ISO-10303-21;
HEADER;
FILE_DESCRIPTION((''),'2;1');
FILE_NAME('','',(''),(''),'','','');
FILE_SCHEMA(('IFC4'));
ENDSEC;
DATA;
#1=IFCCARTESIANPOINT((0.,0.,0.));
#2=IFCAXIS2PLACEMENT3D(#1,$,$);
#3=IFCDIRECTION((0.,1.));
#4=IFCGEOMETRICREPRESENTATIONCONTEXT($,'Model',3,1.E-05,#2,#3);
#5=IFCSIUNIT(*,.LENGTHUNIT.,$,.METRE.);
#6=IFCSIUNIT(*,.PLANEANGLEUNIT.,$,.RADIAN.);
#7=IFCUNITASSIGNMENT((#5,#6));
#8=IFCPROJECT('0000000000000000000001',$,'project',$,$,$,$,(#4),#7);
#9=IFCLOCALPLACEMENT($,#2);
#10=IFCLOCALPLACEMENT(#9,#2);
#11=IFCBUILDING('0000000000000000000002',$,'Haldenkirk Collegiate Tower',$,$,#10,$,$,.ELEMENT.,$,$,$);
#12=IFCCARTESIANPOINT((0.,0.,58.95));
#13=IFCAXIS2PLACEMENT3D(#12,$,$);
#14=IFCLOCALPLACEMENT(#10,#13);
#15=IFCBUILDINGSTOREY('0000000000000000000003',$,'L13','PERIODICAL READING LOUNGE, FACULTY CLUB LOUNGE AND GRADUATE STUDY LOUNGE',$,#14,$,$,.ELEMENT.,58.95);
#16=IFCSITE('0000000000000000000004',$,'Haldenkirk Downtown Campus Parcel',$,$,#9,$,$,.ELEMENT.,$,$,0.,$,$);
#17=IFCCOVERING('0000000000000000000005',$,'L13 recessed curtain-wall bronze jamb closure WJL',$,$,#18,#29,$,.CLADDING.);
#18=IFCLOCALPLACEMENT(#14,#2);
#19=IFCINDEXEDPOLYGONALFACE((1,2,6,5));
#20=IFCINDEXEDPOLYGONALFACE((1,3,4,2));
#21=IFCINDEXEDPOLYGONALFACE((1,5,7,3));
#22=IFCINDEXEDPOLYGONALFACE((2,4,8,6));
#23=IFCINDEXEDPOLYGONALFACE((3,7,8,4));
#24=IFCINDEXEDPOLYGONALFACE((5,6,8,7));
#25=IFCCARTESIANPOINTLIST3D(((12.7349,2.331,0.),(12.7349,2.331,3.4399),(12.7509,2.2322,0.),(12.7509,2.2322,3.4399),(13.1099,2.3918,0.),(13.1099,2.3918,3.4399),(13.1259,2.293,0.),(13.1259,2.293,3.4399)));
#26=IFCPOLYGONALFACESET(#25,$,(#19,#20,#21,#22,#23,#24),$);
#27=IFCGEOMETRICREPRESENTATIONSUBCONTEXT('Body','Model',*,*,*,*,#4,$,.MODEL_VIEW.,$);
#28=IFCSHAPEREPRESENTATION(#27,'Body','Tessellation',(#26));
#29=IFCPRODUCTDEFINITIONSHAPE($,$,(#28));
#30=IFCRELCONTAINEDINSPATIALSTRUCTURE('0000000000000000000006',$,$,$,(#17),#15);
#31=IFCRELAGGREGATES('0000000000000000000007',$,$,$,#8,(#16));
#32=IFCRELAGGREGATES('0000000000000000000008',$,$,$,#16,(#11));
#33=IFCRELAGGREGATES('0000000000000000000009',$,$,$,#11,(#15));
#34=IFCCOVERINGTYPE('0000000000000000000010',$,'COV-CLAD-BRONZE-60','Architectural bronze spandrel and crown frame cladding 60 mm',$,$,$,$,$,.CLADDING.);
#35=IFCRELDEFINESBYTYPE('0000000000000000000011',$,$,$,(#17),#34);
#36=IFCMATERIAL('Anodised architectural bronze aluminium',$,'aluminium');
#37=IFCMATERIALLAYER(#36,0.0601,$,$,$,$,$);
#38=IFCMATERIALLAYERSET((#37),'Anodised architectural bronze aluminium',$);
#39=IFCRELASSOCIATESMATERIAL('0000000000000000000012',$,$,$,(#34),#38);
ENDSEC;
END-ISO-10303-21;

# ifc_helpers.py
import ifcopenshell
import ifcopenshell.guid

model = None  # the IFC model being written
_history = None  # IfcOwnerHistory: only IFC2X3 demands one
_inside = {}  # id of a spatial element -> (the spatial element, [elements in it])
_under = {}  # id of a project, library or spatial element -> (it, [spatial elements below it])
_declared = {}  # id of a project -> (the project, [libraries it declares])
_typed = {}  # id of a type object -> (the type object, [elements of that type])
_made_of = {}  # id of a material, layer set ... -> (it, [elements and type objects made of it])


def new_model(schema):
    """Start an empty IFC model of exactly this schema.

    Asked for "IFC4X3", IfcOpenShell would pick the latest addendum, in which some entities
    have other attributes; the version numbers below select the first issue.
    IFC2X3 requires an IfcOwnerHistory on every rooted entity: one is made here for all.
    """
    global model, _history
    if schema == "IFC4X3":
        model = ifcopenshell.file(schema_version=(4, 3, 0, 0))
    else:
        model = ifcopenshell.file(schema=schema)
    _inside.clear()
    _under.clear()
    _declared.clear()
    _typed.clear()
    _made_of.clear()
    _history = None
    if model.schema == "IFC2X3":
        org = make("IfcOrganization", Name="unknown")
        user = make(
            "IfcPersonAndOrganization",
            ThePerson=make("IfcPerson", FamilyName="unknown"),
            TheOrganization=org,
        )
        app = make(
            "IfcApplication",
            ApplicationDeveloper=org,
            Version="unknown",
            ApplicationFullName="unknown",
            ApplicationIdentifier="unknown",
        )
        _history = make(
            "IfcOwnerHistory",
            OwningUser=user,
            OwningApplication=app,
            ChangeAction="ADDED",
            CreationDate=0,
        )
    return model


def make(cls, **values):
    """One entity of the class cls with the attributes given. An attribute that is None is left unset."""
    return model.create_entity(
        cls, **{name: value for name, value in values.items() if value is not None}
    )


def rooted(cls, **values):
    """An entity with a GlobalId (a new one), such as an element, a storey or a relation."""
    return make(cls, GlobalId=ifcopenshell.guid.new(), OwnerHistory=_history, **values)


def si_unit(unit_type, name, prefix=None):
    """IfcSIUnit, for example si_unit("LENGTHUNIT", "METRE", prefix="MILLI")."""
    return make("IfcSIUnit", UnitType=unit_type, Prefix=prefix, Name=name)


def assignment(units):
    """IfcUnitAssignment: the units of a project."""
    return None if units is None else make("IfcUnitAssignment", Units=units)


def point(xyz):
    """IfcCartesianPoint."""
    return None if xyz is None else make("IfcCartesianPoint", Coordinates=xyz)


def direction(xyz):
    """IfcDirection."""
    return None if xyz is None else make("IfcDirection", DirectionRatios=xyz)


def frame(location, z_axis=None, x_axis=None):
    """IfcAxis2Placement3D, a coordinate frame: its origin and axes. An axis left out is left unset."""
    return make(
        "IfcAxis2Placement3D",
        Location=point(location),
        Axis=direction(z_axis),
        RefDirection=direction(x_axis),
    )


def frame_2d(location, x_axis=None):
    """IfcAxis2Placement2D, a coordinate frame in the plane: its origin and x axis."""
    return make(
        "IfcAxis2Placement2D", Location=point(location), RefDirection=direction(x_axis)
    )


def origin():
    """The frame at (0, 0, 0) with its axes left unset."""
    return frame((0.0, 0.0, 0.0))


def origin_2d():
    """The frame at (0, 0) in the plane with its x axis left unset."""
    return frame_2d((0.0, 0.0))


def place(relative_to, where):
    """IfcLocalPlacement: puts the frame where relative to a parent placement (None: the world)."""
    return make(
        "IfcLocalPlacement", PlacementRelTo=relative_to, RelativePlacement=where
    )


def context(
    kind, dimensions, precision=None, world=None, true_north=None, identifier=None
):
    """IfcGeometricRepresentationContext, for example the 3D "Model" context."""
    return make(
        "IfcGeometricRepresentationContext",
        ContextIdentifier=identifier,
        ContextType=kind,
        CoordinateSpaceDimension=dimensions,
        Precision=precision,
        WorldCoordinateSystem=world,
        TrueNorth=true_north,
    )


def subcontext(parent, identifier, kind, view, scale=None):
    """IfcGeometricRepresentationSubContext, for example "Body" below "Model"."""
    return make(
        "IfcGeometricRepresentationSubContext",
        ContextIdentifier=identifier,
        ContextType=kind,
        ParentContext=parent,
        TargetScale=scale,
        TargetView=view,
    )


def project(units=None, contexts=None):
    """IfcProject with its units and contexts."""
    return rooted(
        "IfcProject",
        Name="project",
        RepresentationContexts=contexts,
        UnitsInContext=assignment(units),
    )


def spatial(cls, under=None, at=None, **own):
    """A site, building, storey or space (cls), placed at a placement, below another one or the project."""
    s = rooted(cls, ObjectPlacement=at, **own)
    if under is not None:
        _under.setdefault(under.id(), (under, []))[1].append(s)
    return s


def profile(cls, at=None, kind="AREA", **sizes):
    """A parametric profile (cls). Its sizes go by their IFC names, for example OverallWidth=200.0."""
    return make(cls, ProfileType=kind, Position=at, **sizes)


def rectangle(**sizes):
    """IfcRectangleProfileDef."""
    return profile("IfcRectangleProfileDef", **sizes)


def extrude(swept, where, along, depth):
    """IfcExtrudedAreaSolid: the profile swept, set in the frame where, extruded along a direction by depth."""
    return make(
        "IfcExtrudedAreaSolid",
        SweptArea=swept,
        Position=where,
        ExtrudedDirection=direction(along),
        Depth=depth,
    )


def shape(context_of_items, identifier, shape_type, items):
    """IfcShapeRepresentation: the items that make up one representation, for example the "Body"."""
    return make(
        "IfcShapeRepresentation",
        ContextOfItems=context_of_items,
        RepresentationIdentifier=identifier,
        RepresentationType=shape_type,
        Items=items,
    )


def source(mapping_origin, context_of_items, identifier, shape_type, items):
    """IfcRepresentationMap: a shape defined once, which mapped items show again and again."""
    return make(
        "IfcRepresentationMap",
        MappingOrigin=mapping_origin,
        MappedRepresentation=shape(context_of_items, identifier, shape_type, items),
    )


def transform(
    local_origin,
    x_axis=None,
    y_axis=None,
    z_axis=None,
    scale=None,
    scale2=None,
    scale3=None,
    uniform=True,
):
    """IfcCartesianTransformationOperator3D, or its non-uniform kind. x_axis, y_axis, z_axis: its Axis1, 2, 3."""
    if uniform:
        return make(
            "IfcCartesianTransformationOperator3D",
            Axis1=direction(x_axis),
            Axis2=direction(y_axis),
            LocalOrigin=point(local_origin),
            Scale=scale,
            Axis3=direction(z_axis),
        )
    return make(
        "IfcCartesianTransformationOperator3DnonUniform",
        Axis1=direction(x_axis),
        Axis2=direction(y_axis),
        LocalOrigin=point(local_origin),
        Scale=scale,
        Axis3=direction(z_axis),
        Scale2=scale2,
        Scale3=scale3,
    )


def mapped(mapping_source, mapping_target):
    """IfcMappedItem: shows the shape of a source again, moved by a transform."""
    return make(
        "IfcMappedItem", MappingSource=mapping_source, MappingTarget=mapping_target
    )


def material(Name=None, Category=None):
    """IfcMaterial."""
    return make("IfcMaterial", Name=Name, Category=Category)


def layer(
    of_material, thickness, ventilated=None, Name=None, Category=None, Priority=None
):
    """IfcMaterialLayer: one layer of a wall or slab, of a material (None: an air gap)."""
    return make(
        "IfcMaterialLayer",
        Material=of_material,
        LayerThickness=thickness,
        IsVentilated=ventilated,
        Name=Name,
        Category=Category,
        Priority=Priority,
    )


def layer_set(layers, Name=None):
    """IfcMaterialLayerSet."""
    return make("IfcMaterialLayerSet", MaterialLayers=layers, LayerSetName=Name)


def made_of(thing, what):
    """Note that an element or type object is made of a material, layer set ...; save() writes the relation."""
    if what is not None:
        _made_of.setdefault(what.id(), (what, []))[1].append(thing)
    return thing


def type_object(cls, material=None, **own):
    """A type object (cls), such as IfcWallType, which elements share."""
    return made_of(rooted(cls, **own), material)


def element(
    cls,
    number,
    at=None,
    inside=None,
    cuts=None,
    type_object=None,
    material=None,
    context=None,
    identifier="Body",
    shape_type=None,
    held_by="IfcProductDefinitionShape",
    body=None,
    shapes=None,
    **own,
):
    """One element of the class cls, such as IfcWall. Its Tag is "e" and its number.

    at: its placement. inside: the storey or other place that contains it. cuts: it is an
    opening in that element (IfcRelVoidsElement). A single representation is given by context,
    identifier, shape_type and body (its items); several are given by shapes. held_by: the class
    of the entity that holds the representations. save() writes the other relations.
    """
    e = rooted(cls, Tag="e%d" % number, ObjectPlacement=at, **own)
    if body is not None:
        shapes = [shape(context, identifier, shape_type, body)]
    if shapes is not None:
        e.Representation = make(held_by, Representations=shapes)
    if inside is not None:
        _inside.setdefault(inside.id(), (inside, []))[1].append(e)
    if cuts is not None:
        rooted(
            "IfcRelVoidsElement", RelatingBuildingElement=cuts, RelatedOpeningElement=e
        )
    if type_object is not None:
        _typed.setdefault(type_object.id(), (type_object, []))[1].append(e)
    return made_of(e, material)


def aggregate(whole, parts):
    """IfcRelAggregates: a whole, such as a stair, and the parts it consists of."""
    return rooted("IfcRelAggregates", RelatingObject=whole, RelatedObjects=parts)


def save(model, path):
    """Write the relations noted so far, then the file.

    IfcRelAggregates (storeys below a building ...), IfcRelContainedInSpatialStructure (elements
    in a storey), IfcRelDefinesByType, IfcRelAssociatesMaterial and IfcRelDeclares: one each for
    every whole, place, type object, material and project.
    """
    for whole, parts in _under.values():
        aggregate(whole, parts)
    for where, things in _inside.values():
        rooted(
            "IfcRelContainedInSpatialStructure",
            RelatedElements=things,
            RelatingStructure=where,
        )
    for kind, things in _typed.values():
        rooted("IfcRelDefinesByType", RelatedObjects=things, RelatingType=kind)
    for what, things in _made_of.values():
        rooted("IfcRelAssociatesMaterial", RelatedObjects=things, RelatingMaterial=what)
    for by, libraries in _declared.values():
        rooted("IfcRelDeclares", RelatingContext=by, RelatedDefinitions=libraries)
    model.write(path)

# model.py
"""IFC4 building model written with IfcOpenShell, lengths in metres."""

from ifc_helpers import new_model, si_unit, direction, frame, origin, origin_2d, place, context, subcontext, project, spatial, rectangle, extrude, source, transform, mapped, material, layer, layer_set, type_object, element, save


model = new_model("IFC4")

# Units and contexts
model_context = context("Model", 3, precision=1e-05, world=origin(), true_north=direction((0.0, 1.0)))
body_context = subcontext(model_context, "Body", "Model", "MODEL_VIEW")
ifc_project = project(units=[si_unit("LENGTHUNIT", "METRE"), si_unit("PLANEANGLEUNIT", "RADIAN")], contexts=[model_context])

# Site, building, storey
site_placement = place(None, origin())
site = spatial("IfcSite", under=ifc_project, at=site_placement, Name="Haldenkirk Downtown Campus Parcel", CompositionType="ELEMENT", RefElevation=0.0)
building_placement = place(site_placement, origin())
building = spatial("IfcBuilding", under=site, at=building_placement, Name="Haldenkirk Collegiate Tower", CompositionType="ELEMENT")
storey_placement = place(building_placement, frame((0.0, 0.0, 58.95)))
storey = spatial("IfcBuildingStorey", under=building, at=storey_placement, Name="L13", Description="PERIODICAL READING LOUNGE, FACULTY CLUB LOUNGE AND GRADUATE STUDY LOUNGE", CompositionType="ELEMENT", Elevation=58.95)

# Shared definitions
ifc_material_1 = material(Name="Anodised architectural bronze aluminium", Category="aluminium")

# Covering
ifc_layer_1 = layer(ifc_material_1, 0.0601)
ifc_layer_set_1 = layer_set([ifc_layer_1], Name="Anodised architectural bronze aluminium")
covering_type_1 = type_object("IfcCoveringType", Name="COV-CLAD-BRONZE-60", Description="Architectural bronze spandrel and crown frame cladding 60 mm", PredefinedType="CLADDING", material=ifc_layer_set_1)
shared_shape_1 = source(origin(), body_context, "Body", "SweptSolid", [
    extrude(rectangle(XDim=0.1001, YDim=0.3799, at=origin_2d()), origin(), (0.0, 0.0, 1.0), 3.4399),
])
covering_1_placement = place(storey_placement, frame((12.9304, 2.312, 0.0), z_axis=(0.0, 0.0, 1.0), x_axis=(-0.159881, 0.987136, 0.0)))
element("IfcCovering", 1, at=covering_1_placement, inside=storey, type_object=covering_type_1, Name="L13 recessed curtain-wall bronze jamb closure WJL", PredefinedType="CLADDING", context=body_context, shape_type="MappedRepresentation", body=[
    mapped(shared_shape_1, transform((0.0, 0.0, 0.0), x_axis=(1.0, 0.0, 0.0), y_axis=(0.0, 1.0, 0.0), z_axis=(0.0, 0.0, 1.0), scale=1.0)),
])

save(model, "model.ifc")
